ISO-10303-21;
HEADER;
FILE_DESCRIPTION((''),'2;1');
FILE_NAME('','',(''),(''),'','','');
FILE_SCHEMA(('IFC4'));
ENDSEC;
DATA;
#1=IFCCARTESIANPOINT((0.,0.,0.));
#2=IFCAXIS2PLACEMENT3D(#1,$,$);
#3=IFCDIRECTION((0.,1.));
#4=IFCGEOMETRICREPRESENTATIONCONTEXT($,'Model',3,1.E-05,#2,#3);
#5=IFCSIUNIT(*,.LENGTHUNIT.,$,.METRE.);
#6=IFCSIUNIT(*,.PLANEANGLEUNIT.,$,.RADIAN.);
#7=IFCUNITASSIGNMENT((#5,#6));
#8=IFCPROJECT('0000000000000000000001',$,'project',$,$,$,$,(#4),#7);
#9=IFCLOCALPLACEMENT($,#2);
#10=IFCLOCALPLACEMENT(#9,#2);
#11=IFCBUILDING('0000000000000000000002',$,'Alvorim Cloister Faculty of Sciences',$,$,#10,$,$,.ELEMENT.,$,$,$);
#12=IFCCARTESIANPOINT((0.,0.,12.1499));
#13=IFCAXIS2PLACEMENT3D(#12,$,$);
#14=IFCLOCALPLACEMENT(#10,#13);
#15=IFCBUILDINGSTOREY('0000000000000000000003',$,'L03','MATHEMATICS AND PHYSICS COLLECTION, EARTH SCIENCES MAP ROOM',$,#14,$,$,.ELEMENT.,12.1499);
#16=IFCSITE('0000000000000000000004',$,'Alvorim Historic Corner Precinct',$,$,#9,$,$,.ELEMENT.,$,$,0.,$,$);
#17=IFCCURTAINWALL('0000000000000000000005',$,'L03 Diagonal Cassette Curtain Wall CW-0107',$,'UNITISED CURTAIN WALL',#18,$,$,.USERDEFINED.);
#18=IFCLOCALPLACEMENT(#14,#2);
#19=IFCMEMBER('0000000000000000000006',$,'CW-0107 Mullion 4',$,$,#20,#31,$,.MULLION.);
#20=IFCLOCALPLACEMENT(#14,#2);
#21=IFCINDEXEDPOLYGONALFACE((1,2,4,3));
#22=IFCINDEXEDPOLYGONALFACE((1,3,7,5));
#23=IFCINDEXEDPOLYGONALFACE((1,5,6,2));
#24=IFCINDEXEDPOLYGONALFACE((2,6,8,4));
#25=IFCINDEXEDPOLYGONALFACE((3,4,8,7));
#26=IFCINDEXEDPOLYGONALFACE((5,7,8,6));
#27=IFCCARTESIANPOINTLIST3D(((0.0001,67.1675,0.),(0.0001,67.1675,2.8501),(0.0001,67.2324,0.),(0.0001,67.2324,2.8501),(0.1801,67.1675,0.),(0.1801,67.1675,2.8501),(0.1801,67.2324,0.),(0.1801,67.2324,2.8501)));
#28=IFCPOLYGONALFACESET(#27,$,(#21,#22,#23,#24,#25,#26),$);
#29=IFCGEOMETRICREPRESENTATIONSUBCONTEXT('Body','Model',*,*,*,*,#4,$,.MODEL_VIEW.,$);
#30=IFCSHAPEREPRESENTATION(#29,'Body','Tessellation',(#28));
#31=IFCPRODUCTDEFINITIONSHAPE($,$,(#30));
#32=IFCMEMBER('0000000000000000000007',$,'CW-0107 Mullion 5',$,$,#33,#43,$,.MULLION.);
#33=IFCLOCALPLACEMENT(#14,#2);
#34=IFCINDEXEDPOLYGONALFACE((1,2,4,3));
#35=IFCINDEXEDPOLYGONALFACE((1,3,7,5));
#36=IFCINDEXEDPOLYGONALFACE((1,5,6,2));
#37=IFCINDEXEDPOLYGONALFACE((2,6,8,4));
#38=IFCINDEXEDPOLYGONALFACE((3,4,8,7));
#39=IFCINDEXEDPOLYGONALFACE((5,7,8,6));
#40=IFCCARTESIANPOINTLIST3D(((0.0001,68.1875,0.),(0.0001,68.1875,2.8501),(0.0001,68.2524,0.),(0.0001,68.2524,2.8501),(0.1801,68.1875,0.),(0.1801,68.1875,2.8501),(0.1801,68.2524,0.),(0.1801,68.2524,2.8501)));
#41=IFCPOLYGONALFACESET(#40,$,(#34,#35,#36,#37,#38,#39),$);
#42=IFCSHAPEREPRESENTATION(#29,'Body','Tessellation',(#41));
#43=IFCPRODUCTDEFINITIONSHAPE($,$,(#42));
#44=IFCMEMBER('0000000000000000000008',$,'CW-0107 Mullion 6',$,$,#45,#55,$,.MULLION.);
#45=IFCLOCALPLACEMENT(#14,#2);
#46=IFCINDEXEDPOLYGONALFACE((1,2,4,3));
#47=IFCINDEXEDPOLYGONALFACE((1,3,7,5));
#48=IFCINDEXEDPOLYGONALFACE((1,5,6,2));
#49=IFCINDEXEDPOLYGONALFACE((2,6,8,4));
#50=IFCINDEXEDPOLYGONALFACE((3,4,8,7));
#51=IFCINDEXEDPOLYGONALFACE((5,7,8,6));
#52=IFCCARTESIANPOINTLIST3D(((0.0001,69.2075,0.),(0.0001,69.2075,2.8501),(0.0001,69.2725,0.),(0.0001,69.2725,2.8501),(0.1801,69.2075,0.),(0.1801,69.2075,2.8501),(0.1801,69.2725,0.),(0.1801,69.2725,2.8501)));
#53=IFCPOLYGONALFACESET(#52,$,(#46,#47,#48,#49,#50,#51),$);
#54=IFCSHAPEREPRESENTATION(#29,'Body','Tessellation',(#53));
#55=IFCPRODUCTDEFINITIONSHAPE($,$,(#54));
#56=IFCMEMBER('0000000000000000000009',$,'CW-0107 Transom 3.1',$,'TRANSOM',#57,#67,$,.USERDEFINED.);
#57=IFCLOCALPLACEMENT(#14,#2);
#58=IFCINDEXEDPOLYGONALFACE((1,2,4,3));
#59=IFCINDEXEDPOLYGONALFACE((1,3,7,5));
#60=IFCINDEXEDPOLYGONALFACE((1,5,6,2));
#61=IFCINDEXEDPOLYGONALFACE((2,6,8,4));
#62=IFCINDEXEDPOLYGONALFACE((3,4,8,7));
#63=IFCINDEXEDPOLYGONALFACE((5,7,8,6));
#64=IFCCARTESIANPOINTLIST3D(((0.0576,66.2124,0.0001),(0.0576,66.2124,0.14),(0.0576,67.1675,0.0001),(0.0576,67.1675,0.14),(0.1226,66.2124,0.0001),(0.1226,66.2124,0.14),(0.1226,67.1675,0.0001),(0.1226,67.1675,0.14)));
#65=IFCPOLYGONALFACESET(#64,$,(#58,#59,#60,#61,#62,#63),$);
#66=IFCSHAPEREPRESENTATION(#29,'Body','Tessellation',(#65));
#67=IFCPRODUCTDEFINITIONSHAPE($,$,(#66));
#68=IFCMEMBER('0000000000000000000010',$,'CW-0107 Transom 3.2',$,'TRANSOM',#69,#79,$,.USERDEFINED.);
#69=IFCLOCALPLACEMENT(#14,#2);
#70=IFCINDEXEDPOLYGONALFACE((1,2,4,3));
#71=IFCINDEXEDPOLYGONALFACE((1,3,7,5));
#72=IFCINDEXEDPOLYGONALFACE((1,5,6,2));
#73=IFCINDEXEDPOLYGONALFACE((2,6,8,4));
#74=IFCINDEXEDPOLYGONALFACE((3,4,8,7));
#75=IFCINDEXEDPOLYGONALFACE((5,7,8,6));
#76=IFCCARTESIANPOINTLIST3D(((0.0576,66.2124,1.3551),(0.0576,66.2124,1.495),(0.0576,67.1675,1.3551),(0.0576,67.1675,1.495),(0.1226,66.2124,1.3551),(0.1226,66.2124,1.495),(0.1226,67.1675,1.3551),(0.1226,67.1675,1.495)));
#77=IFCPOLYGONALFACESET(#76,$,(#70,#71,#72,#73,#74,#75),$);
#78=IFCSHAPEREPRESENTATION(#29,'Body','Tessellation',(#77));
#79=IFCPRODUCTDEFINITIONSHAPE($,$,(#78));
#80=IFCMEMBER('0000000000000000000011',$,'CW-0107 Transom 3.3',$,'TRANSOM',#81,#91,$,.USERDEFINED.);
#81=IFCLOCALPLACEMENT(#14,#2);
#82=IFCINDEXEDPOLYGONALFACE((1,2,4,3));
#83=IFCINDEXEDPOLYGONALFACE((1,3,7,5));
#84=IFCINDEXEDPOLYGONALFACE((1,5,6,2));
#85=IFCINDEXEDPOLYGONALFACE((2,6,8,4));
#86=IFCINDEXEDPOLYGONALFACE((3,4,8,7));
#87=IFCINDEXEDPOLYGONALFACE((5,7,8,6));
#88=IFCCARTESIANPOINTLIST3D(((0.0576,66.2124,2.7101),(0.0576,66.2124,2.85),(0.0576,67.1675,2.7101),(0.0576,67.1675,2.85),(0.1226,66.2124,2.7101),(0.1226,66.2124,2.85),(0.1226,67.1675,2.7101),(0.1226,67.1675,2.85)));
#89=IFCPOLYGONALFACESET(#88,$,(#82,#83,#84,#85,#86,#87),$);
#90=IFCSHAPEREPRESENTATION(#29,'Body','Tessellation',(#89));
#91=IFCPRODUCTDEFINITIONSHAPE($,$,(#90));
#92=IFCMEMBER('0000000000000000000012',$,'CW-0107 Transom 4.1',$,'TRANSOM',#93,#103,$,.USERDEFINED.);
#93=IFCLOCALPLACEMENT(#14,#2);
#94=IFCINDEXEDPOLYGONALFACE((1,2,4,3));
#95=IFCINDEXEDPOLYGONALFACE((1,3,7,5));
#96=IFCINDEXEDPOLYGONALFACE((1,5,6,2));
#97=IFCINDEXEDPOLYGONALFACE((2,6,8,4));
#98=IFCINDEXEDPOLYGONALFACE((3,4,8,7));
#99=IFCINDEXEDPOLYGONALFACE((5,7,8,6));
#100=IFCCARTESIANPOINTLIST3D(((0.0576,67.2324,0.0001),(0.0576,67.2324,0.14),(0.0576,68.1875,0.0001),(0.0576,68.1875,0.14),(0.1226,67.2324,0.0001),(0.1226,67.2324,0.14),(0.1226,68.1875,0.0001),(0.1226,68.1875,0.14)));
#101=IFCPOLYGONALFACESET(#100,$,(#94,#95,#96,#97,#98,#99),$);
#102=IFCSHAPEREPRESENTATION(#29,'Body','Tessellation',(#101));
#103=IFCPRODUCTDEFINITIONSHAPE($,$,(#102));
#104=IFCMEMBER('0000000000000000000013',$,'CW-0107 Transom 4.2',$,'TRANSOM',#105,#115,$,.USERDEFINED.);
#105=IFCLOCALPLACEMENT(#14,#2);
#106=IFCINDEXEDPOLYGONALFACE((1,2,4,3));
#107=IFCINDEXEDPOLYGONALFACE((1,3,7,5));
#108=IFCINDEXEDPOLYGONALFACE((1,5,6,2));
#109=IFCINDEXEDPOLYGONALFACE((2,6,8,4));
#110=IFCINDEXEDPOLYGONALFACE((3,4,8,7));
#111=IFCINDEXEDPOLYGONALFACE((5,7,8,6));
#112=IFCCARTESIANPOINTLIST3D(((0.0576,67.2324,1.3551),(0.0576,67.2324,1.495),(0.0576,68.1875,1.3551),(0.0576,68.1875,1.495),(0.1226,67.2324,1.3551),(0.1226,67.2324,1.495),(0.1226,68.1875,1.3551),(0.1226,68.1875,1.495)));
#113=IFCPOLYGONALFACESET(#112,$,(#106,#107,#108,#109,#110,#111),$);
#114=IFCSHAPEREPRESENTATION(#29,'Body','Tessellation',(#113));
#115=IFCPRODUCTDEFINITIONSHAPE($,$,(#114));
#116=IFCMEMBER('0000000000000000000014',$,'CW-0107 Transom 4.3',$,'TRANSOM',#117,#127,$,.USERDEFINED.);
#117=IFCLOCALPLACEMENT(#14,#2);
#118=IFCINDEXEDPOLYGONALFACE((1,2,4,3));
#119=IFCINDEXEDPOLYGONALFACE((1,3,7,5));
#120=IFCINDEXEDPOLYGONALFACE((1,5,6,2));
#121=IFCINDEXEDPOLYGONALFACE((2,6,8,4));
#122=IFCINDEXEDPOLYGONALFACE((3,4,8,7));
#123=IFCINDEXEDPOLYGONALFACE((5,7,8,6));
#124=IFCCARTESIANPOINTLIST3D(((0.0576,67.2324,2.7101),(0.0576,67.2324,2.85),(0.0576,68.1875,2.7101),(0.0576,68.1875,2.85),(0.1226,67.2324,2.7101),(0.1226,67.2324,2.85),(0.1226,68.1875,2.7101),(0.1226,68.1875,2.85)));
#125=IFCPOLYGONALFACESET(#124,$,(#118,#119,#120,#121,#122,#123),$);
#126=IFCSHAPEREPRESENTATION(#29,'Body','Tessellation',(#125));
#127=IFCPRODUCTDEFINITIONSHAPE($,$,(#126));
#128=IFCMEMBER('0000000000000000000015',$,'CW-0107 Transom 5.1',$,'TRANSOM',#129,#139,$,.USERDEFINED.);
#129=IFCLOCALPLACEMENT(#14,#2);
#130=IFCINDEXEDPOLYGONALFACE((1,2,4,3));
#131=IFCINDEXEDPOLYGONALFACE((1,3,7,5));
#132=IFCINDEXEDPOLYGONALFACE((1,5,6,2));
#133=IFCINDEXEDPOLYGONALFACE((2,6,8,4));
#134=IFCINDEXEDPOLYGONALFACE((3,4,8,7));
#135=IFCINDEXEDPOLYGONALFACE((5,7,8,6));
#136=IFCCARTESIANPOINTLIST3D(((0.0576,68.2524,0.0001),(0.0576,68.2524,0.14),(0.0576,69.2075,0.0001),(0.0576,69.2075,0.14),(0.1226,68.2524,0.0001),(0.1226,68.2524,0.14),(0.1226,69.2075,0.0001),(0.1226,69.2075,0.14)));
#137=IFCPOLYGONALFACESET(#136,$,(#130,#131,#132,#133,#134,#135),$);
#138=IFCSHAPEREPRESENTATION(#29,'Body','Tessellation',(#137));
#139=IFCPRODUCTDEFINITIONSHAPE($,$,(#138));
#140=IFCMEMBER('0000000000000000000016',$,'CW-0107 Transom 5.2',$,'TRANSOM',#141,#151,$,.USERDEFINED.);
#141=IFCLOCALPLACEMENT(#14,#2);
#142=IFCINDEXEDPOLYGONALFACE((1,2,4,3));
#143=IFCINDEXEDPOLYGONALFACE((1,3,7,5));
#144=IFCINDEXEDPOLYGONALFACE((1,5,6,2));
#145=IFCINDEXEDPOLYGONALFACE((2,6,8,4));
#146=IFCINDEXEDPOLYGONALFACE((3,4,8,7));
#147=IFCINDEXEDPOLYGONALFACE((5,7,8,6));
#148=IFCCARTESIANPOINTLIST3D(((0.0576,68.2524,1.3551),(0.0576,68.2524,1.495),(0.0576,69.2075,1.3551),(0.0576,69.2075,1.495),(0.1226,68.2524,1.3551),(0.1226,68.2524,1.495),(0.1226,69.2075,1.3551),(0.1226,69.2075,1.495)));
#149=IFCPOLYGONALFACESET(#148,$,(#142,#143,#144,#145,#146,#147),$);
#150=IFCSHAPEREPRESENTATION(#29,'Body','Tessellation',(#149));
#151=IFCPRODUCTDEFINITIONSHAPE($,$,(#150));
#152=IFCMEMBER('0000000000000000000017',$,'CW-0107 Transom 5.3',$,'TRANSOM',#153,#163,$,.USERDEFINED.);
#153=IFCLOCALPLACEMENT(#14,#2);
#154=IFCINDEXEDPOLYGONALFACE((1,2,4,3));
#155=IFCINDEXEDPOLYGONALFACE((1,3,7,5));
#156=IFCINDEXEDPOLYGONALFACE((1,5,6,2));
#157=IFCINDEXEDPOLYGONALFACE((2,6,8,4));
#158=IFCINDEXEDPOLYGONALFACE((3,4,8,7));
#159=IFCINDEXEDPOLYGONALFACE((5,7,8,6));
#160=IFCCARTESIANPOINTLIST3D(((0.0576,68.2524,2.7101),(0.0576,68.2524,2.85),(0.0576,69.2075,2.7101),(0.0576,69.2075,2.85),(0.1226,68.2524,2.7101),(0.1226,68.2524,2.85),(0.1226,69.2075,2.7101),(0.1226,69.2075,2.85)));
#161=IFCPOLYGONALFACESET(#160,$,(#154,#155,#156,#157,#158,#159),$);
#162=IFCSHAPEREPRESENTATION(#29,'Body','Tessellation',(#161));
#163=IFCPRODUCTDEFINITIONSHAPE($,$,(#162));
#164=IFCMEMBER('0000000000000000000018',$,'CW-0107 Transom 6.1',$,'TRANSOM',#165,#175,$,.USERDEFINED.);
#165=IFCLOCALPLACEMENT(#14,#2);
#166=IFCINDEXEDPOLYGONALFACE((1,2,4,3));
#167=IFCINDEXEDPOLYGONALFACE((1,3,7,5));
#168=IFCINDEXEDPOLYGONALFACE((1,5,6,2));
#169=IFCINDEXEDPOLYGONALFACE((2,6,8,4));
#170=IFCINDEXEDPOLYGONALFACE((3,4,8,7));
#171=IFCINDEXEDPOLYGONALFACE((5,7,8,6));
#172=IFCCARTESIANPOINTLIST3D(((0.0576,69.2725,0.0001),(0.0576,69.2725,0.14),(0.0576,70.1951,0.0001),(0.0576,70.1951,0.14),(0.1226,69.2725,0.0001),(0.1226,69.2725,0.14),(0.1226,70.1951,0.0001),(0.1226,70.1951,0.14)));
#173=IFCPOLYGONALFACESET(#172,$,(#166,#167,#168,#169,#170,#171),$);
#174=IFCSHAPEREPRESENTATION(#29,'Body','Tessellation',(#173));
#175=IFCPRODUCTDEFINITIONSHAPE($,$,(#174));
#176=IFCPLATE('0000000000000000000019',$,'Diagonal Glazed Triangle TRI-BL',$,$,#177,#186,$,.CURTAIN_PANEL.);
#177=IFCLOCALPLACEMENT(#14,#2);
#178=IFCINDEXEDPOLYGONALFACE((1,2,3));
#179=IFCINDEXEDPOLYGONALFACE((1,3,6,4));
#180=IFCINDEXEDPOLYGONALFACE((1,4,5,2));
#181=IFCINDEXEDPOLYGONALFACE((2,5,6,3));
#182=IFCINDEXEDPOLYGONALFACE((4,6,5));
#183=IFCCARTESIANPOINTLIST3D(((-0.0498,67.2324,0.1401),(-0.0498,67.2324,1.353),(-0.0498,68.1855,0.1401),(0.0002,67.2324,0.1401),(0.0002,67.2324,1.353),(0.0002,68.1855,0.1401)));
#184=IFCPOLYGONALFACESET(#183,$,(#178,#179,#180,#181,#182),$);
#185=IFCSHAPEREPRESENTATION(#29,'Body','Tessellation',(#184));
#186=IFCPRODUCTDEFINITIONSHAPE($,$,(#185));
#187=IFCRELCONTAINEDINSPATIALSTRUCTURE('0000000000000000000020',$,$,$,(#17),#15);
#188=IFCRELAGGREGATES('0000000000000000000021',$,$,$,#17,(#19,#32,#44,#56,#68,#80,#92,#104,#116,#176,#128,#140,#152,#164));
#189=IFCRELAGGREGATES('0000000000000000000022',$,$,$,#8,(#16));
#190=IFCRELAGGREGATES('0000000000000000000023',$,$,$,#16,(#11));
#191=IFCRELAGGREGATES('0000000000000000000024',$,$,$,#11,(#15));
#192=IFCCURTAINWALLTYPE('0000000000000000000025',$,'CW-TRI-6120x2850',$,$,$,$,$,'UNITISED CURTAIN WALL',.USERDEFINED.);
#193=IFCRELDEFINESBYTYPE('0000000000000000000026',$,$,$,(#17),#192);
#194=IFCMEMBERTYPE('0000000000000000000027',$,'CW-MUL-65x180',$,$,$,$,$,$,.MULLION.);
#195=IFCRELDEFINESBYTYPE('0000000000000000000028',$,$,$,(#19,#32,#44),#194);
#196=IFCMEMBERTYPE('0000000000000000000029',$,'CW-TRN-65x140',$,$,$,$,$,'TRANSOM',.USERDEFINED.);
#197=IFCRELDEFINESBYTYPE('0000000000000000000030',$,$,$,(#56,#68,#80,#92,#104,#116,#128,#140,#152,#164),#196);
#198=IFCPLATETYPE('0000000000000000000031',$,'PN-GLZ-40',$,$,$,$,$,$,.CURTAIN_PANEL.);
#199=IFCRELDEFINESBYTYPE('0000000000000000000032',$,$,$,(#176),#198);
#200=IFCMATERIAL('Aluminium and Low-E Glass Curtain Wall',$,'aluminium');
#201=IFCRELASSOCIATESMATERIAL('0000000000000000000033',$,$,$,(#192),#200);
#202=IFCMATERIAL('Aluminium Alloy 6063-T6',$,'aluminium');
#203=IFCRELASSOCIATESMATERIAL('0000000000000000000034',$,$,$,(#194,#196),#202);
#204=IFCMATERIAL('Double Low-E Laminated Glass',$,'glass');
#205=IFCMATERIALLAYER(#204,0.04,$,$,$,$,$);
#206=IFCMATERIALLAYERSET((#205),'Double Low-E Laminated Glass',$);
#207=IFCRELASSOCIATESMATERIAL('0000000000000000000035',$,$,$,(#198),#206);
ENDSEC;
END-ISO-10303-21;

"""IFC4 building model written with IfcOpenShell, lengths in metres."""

from ifc_helpers import new_model, si_unit, direction, frame, origin, origin_2d, place, context, subcontext, project, spatial, polyline, rectangle, outline, extrude, material, layer, layer_set, material_profile, profile_set, type_object, element, aggregate, save


model = new_model("IFC4")

# Units and contexts
model_context = context("Model", 3, precision=1e-05, world=origin(), true_north=direction((0.0, 1.0)))
body_context = subcontext(model_context, "Body", "Model", "MODEL_VIEW")
ifc_project = project(units=[si_unit("LENGTHUNIT", "METRE"), si_unit("PLANEANGLEUNIT", "RADIAN")], contexts=[model_context])

# Site, building, storey
site_placement = place(None, origin())
site = spatial("IfcSite", under=ifc_project, at=site_placement, Name="Alvorim Historic Corner Precinct", CompositionType="ELEMENT", RefElevation=0.0)
building_placement = place(site_placement, origin())
building = spatial("IfcBuilding", under=site, at=building_placement, Name="Alvorim Cloister Faculty of Sciences", CompositionType="ELEMENT")
storey_placement = place(building_placement, frame((0.0, 0.0, 12.1499)))
storey = spatial("IfcBuildingStorey", under=building, at=storey_placement, Name="L03", Description="MATHEMATICS AND PHYSICS COLLECTION, EARTH SCIENCES MAP ROOM", CompositionType="ELEMENT", Elevation=12.1499)

# Curtain wall, members, plate
ifc_material_1 = material(Name="Aluminium and Low-E Glass Curtain Wall", Category="aluminium")
curtain_wall_type = type_object("IfcCurtainWallType", Name="CW-TRI-6120x2850", ElementType="UNITISED CURTAIN WALL", PredefinedType="USERDEFINED", material=ifc_material_1)
curtain_wall_placement = place(storey_placement, origin())
curtain_wall = element("IfcCurtainWall", 1, at=curtain_wall_placement, inside=storey, type_object=curtain_wall_type, Name="L03 Diagonal Cassette Curtain Wall CW-0107", ObjectType="UNITISED CURTAIN WALL", PredefinedType="USERDEFINED")
ifc_material_2 = material(Name="Aluminium Alloy 6063-T6", Category="aluminium")
ifc_material_profile_1 = material_profile(ifc_material_2, rectangle(XDim=0.0649, YDim=0.1799, at=origin_2d()), Name="ALU-MUL-65x180")
ifc_profile_set_1 = profile_set([ifc_material_profile_1], Name="Aluminium Alloy 6063-T6")
member_type_1 = type_object("IfcMemberType", Name="CW-MUL-65x180", PredefinedType="MULLION", material=ifc_profile_set_1)
member_1_placement = place(storey_placement, frame((0.0901, 67.2, 0.0), z_axis=(0.0, 0.0, 1.0), x_axis=(0.0, 1.0, 0.0)))
member_1 = element("IfcMember", 2, at=member_1_placement, type_object=member_type_1, Name="CW-0107 Mullion 4", PredefinedType="MULLION", context=body_context, shape_type="SweptSolid", body=[
    extrude(rectangle(XDim=0.0649, YDim=0.1799, at=origin_2d()), origin(), (0.0, 0.0, 1.0), 2.8501),
])
member_2_placement = place(storey_placement, frame((0.0901, 68.22, 0.0), z_axis=(0.0, 0.0, 1.0), x_axis=(0.0, 1.0, 0.0)))
member_2 = element("IfcMember", 3, at=member_2_placement, type_object=member_type_1, Name="CW-0107 Mullion 5", PredefinedType="MULLION", context=body_context, shape_type="SweptSolid", body=[
    extrude(rectangle(XDim=0.0649, YDim=0.1799, at=origin_2d()), origin(), (0.0, 0.0, 1.0), 2.8501),
])
member_3_placement = place(storey_placement, frame((0.0901, 69.24, 0.0), z_axis=(0.0, 0.0, 1.0), x_axis=(0.0, 1.0, 0.0)))
member_3 = element("IfcMember", 4, at=member_3_placement, type_object=member_type_1, Name="CW-0107 Mullion 6", PredefinedType="MULLION", context=body_context, shape_type="SweptSolid", body=[
    extrude(rectangle(XDim=0.0649, YDim=0.1799, at=origin_2d()), origin(), (0.0, 0.0, 1.0), 2.8501),
])
ifc_material_profile_2 = material_profile(ifc_material_2, rectangle(XDim=0.0649, YDim=0.1399, at=origin_2d()), Name="ALU-TRN-65x140")
ifc_profile_set_2 = profile_set([ifc_material_profile_2], Name="Aluminium Alloy 6063-T6")
member_type_2 = type_object("IfcMemberType", Name="CW-TRN-65x140", ElementType="TRANSOM", PredefinedType="USERDEFINED", material=ifc_profile_set_2)
member_4_placement = place(storey_placement, frame((0.0901, 66.2124, 0.0701), z_axis=(0.0, 1.0, 0.0), x_axis=(-1.0, 0.0, 0.0)))
member_4 = element("IfcMember", 5, at=member_4_placement, type_object=member_type_2, Name="CW-0107 Transom 3.1", ObjectType="TRANSOM", PredefinedType="USERDEFINED", context=body_context, shape_type="SweptSolid", body=[
    extrude(rectangle(XDim=0.0649, YDim=0.1399, at=origin_2d()), origin(), (0.0, 0.0, 1.0), 0.9551),
])
member_5_placement = place(storey_placement, frame((0.0901, 66.2124, 1.425), z_axis=(0.0, 1.0, 0.0), x_axis=(-1.0, 0.0, 0.0)))
member_5 = element("IfcMember", 6, at=member_5_placement, type_object=member_type_2, Name="CW-0107 Transom 3.2", ObjectType="TRANSOM", PredefinedType="USERDEFINED", context=body_context, shape_type="SweptSolid", body=[
    extrude(rectangle(XDim=0.0649, YDim=0.1399, at=origin_2d()), origin(), (0.0, 0.0, 1.0), 0.9551),
])
member_6_placement = place(storey_placement, frame((0.0901, 66.2124, 2.78), z_axis=(0.0, 1.0, 0.0), x_axis=(-1.0, 0.0, 0.0)))
member_6 = element("IfcMember", 7, at=member_6_placement, type_object=member_type_2, Name="CW-0107 Transom 3.3", ObjectType="TRANSOM", PredefinedType="USERDEFINED", context=body_context, shape_type="SweptSolid", body=[
    extrude(rectangle(XDim=0.0649, YDim=0.1399, at=origin_2d()), origin(), (0.0, 0.0, 1.0), 0.9551),
])
member_7_placement = place(storey_placement, frame((0.0901, 67.2324, 0.0701), z_axis=(0.0, 1.0, 0.0), x_axis=(-1.0, 0.0, 0.0)))
member_7 = element("IfcMember", 8, at=member_7_placement, type_object=member_type_2, Name="CW-0107 Transom 4.1", ObjectType="TRANSOM", PredefinedType="USERDEFINED", context=body_context, shape_type="SweptSolid", body=[
    extrude(rectangle(XDim=0.0649, YDim=0.1399, at=origin_2d()), origin(), (0.0, 0.0, 1.0), 0.9551),
])
member_8_placement = place(storey_placement, frame((0.0901, 67.2324, 1.425), z_axis=(0.0, 1.0, 0.0), x_axis=(-1.0, 0.0, 0.0)))
member_8 = element("IfcMember", 9, at=member_8_placement, type_object=member_type_2, Name="CW-0107 Transom 4.2", ObjectType="TRANSOM", PredefinedType="USERDEFINED", context=body_context, shape_type="SweptSolid", body=[
    extrude(rectangle(XDim=0.0649, YDim=0.1399, at=origin_2d()), origin(), (0.0, 0.0, 1.0), 0.9551),
])
member_9_placement = place(storey_placement, frame((0.0901, 67.2324, 2.78), z_axis=(0.0, 1.0, 0.0), x_axis=(-1.0, 0.0, 0.0)))
member_9 = element("IfcMember", 10, at=member_9_placement, type_object=member_type_2, Name="CW-0107 Transom 4.3", ObjectType="TRANSOM", PredefinedType="USERDEFINED", context=body_context, shape_type="SweptSolid", body=[
    extrude(rectangle(XDim=0.0649, YDim=0.1399, at=origin_2d()), origin(), (0.0, 0.0, 1.0), 0.9551),
])
member_10_placement = place(storey_placement, frame((0.0901, 68.2524, 0.0701), z_axis=(0.0, 1.0, 0.0), x_axis=(-1.0, 0.0, 0.0)))
member_10 = element("IfcMember", 11, at=member_10_placement, type_object=member_type_2, Name="CW-0107 Transom 5.1", ObjectType="TRANSOM", PredefinedType="USERDEFINED", context=body_context, shape_type="SweptSolid", body=[
    extrude(rectangle(XDim=0.0649, YDim=0.1399, at=origin_2d()), origin(), (0.0, 0.0, 1.0), 0.9551),
])
member_11_placement = place(storey_placement, frame((0.0901, 68.2524, 1.425), z_axis=(0.0, 1.0, 0.0), x_axis=(-1.0, 0.0, 0.0)))
member_11 = element("IfcMember", 12, at=member_11_placement, type_object=member_type_2, Name="CW-0107 Transom 5.2", ObjectType="TRANSOM", PredefinedType="USERDEFINED", context=body_context, shape_type="SweptSolid", body=[
    extrude(rectangle(XDim=0.0649, YDim=0.1399, at=origin_2d()), origin(), (0.0, 0.0, 1.0), 0.9551),
])
member_12_placement = place(storey_placement, frame((0.0901, 68.2524, 2.78), z_axis=(0.0, 1.0, 0.0), x_axis=(-1.0, 0.0, 0.0)))
member_12 = element("IfcMember", 13, at=member_12_placement, type_object=member_type_2, Name="CW-0107 Transom 5.3", ObjectType="TRANSOM", PredefinedType="USERDEFINED", context=body_context, shape_type="SweptSolid", body=[
    extrude(rectangle(XDim=0.0649, YDim=0.1399, at=origin_2d()), origin(), (0.0, 0.0, 1.0), 0.9551),
])
member_13_placement = place(storey_placement, frame((0.0901, 69.2725, 0.0701), z_axis=(0.0, 1.0, 0.0), x_axis=(-1.0, 0.0, 0.0)))
member_13 = element("IfcMember", 14, at=member_13_placement, type_object=member_type_2, Name="CW-0107 Transom 6.1", ObjectType="TRANSOM", PredefinedType="USERDEFINED", context=body_context, shape_type="SweptSolid", body=[
    extrude(rectangle(XDim=0.0649, YDim=0.1399, at=origin_2d()), origin(), (0.0, 0.0, 1.0), 0.9226),
])
ifc_material_3 = material(Name="Double Low-E Laminated Glass", Category="glass")
ifc_layer = layer(ifc_material_3, 0.04)
ifc_layer_set = layer_set([ifc_layer], Name="Double Low-E Laminated Glass")
plate_type = type_object("IfcPlateType", Name="PN-GLZ-40", PredefinedType="CURTAIN_PANEL", material=ifc_layer_set)
plate_1_placement = place(storey_placement, frame((-0.0249, 67.2324, 0.1401), z_axis=(0.0, 0.0, 1.0), x_axis=(0.0, 1.0, 0.0)))
plate_1 = element("IfcPlate", 15, at=plate_1_placement, type_object=plate_type, Name="Diagonal Glazed Triangle TRI-BL", PredefinedType="CURTAIN_PANEL", context=body_context, shape_type="SweptSolid", body=[
    extrude(outline(polyline([(0.0, 0.0), (0.9531, 0.0), (0.0, 1.2129), (0.0, 0.0)])), frame((0.0, 0.0249, 0.0), z_axis=(0.0, -1.0, 0.0), x_axis=(1.0, 0.0, 0.0)), (0.0, 0.0, 1.0), 0.05),
])
aggregate(curtain_wall, [member_1, member_2, member_3, member_4, member_5, member_6, member_7, member_8, member_9, plate_1, member_10, member_11, member_12, member_13])

save(model, "model.ifc")
